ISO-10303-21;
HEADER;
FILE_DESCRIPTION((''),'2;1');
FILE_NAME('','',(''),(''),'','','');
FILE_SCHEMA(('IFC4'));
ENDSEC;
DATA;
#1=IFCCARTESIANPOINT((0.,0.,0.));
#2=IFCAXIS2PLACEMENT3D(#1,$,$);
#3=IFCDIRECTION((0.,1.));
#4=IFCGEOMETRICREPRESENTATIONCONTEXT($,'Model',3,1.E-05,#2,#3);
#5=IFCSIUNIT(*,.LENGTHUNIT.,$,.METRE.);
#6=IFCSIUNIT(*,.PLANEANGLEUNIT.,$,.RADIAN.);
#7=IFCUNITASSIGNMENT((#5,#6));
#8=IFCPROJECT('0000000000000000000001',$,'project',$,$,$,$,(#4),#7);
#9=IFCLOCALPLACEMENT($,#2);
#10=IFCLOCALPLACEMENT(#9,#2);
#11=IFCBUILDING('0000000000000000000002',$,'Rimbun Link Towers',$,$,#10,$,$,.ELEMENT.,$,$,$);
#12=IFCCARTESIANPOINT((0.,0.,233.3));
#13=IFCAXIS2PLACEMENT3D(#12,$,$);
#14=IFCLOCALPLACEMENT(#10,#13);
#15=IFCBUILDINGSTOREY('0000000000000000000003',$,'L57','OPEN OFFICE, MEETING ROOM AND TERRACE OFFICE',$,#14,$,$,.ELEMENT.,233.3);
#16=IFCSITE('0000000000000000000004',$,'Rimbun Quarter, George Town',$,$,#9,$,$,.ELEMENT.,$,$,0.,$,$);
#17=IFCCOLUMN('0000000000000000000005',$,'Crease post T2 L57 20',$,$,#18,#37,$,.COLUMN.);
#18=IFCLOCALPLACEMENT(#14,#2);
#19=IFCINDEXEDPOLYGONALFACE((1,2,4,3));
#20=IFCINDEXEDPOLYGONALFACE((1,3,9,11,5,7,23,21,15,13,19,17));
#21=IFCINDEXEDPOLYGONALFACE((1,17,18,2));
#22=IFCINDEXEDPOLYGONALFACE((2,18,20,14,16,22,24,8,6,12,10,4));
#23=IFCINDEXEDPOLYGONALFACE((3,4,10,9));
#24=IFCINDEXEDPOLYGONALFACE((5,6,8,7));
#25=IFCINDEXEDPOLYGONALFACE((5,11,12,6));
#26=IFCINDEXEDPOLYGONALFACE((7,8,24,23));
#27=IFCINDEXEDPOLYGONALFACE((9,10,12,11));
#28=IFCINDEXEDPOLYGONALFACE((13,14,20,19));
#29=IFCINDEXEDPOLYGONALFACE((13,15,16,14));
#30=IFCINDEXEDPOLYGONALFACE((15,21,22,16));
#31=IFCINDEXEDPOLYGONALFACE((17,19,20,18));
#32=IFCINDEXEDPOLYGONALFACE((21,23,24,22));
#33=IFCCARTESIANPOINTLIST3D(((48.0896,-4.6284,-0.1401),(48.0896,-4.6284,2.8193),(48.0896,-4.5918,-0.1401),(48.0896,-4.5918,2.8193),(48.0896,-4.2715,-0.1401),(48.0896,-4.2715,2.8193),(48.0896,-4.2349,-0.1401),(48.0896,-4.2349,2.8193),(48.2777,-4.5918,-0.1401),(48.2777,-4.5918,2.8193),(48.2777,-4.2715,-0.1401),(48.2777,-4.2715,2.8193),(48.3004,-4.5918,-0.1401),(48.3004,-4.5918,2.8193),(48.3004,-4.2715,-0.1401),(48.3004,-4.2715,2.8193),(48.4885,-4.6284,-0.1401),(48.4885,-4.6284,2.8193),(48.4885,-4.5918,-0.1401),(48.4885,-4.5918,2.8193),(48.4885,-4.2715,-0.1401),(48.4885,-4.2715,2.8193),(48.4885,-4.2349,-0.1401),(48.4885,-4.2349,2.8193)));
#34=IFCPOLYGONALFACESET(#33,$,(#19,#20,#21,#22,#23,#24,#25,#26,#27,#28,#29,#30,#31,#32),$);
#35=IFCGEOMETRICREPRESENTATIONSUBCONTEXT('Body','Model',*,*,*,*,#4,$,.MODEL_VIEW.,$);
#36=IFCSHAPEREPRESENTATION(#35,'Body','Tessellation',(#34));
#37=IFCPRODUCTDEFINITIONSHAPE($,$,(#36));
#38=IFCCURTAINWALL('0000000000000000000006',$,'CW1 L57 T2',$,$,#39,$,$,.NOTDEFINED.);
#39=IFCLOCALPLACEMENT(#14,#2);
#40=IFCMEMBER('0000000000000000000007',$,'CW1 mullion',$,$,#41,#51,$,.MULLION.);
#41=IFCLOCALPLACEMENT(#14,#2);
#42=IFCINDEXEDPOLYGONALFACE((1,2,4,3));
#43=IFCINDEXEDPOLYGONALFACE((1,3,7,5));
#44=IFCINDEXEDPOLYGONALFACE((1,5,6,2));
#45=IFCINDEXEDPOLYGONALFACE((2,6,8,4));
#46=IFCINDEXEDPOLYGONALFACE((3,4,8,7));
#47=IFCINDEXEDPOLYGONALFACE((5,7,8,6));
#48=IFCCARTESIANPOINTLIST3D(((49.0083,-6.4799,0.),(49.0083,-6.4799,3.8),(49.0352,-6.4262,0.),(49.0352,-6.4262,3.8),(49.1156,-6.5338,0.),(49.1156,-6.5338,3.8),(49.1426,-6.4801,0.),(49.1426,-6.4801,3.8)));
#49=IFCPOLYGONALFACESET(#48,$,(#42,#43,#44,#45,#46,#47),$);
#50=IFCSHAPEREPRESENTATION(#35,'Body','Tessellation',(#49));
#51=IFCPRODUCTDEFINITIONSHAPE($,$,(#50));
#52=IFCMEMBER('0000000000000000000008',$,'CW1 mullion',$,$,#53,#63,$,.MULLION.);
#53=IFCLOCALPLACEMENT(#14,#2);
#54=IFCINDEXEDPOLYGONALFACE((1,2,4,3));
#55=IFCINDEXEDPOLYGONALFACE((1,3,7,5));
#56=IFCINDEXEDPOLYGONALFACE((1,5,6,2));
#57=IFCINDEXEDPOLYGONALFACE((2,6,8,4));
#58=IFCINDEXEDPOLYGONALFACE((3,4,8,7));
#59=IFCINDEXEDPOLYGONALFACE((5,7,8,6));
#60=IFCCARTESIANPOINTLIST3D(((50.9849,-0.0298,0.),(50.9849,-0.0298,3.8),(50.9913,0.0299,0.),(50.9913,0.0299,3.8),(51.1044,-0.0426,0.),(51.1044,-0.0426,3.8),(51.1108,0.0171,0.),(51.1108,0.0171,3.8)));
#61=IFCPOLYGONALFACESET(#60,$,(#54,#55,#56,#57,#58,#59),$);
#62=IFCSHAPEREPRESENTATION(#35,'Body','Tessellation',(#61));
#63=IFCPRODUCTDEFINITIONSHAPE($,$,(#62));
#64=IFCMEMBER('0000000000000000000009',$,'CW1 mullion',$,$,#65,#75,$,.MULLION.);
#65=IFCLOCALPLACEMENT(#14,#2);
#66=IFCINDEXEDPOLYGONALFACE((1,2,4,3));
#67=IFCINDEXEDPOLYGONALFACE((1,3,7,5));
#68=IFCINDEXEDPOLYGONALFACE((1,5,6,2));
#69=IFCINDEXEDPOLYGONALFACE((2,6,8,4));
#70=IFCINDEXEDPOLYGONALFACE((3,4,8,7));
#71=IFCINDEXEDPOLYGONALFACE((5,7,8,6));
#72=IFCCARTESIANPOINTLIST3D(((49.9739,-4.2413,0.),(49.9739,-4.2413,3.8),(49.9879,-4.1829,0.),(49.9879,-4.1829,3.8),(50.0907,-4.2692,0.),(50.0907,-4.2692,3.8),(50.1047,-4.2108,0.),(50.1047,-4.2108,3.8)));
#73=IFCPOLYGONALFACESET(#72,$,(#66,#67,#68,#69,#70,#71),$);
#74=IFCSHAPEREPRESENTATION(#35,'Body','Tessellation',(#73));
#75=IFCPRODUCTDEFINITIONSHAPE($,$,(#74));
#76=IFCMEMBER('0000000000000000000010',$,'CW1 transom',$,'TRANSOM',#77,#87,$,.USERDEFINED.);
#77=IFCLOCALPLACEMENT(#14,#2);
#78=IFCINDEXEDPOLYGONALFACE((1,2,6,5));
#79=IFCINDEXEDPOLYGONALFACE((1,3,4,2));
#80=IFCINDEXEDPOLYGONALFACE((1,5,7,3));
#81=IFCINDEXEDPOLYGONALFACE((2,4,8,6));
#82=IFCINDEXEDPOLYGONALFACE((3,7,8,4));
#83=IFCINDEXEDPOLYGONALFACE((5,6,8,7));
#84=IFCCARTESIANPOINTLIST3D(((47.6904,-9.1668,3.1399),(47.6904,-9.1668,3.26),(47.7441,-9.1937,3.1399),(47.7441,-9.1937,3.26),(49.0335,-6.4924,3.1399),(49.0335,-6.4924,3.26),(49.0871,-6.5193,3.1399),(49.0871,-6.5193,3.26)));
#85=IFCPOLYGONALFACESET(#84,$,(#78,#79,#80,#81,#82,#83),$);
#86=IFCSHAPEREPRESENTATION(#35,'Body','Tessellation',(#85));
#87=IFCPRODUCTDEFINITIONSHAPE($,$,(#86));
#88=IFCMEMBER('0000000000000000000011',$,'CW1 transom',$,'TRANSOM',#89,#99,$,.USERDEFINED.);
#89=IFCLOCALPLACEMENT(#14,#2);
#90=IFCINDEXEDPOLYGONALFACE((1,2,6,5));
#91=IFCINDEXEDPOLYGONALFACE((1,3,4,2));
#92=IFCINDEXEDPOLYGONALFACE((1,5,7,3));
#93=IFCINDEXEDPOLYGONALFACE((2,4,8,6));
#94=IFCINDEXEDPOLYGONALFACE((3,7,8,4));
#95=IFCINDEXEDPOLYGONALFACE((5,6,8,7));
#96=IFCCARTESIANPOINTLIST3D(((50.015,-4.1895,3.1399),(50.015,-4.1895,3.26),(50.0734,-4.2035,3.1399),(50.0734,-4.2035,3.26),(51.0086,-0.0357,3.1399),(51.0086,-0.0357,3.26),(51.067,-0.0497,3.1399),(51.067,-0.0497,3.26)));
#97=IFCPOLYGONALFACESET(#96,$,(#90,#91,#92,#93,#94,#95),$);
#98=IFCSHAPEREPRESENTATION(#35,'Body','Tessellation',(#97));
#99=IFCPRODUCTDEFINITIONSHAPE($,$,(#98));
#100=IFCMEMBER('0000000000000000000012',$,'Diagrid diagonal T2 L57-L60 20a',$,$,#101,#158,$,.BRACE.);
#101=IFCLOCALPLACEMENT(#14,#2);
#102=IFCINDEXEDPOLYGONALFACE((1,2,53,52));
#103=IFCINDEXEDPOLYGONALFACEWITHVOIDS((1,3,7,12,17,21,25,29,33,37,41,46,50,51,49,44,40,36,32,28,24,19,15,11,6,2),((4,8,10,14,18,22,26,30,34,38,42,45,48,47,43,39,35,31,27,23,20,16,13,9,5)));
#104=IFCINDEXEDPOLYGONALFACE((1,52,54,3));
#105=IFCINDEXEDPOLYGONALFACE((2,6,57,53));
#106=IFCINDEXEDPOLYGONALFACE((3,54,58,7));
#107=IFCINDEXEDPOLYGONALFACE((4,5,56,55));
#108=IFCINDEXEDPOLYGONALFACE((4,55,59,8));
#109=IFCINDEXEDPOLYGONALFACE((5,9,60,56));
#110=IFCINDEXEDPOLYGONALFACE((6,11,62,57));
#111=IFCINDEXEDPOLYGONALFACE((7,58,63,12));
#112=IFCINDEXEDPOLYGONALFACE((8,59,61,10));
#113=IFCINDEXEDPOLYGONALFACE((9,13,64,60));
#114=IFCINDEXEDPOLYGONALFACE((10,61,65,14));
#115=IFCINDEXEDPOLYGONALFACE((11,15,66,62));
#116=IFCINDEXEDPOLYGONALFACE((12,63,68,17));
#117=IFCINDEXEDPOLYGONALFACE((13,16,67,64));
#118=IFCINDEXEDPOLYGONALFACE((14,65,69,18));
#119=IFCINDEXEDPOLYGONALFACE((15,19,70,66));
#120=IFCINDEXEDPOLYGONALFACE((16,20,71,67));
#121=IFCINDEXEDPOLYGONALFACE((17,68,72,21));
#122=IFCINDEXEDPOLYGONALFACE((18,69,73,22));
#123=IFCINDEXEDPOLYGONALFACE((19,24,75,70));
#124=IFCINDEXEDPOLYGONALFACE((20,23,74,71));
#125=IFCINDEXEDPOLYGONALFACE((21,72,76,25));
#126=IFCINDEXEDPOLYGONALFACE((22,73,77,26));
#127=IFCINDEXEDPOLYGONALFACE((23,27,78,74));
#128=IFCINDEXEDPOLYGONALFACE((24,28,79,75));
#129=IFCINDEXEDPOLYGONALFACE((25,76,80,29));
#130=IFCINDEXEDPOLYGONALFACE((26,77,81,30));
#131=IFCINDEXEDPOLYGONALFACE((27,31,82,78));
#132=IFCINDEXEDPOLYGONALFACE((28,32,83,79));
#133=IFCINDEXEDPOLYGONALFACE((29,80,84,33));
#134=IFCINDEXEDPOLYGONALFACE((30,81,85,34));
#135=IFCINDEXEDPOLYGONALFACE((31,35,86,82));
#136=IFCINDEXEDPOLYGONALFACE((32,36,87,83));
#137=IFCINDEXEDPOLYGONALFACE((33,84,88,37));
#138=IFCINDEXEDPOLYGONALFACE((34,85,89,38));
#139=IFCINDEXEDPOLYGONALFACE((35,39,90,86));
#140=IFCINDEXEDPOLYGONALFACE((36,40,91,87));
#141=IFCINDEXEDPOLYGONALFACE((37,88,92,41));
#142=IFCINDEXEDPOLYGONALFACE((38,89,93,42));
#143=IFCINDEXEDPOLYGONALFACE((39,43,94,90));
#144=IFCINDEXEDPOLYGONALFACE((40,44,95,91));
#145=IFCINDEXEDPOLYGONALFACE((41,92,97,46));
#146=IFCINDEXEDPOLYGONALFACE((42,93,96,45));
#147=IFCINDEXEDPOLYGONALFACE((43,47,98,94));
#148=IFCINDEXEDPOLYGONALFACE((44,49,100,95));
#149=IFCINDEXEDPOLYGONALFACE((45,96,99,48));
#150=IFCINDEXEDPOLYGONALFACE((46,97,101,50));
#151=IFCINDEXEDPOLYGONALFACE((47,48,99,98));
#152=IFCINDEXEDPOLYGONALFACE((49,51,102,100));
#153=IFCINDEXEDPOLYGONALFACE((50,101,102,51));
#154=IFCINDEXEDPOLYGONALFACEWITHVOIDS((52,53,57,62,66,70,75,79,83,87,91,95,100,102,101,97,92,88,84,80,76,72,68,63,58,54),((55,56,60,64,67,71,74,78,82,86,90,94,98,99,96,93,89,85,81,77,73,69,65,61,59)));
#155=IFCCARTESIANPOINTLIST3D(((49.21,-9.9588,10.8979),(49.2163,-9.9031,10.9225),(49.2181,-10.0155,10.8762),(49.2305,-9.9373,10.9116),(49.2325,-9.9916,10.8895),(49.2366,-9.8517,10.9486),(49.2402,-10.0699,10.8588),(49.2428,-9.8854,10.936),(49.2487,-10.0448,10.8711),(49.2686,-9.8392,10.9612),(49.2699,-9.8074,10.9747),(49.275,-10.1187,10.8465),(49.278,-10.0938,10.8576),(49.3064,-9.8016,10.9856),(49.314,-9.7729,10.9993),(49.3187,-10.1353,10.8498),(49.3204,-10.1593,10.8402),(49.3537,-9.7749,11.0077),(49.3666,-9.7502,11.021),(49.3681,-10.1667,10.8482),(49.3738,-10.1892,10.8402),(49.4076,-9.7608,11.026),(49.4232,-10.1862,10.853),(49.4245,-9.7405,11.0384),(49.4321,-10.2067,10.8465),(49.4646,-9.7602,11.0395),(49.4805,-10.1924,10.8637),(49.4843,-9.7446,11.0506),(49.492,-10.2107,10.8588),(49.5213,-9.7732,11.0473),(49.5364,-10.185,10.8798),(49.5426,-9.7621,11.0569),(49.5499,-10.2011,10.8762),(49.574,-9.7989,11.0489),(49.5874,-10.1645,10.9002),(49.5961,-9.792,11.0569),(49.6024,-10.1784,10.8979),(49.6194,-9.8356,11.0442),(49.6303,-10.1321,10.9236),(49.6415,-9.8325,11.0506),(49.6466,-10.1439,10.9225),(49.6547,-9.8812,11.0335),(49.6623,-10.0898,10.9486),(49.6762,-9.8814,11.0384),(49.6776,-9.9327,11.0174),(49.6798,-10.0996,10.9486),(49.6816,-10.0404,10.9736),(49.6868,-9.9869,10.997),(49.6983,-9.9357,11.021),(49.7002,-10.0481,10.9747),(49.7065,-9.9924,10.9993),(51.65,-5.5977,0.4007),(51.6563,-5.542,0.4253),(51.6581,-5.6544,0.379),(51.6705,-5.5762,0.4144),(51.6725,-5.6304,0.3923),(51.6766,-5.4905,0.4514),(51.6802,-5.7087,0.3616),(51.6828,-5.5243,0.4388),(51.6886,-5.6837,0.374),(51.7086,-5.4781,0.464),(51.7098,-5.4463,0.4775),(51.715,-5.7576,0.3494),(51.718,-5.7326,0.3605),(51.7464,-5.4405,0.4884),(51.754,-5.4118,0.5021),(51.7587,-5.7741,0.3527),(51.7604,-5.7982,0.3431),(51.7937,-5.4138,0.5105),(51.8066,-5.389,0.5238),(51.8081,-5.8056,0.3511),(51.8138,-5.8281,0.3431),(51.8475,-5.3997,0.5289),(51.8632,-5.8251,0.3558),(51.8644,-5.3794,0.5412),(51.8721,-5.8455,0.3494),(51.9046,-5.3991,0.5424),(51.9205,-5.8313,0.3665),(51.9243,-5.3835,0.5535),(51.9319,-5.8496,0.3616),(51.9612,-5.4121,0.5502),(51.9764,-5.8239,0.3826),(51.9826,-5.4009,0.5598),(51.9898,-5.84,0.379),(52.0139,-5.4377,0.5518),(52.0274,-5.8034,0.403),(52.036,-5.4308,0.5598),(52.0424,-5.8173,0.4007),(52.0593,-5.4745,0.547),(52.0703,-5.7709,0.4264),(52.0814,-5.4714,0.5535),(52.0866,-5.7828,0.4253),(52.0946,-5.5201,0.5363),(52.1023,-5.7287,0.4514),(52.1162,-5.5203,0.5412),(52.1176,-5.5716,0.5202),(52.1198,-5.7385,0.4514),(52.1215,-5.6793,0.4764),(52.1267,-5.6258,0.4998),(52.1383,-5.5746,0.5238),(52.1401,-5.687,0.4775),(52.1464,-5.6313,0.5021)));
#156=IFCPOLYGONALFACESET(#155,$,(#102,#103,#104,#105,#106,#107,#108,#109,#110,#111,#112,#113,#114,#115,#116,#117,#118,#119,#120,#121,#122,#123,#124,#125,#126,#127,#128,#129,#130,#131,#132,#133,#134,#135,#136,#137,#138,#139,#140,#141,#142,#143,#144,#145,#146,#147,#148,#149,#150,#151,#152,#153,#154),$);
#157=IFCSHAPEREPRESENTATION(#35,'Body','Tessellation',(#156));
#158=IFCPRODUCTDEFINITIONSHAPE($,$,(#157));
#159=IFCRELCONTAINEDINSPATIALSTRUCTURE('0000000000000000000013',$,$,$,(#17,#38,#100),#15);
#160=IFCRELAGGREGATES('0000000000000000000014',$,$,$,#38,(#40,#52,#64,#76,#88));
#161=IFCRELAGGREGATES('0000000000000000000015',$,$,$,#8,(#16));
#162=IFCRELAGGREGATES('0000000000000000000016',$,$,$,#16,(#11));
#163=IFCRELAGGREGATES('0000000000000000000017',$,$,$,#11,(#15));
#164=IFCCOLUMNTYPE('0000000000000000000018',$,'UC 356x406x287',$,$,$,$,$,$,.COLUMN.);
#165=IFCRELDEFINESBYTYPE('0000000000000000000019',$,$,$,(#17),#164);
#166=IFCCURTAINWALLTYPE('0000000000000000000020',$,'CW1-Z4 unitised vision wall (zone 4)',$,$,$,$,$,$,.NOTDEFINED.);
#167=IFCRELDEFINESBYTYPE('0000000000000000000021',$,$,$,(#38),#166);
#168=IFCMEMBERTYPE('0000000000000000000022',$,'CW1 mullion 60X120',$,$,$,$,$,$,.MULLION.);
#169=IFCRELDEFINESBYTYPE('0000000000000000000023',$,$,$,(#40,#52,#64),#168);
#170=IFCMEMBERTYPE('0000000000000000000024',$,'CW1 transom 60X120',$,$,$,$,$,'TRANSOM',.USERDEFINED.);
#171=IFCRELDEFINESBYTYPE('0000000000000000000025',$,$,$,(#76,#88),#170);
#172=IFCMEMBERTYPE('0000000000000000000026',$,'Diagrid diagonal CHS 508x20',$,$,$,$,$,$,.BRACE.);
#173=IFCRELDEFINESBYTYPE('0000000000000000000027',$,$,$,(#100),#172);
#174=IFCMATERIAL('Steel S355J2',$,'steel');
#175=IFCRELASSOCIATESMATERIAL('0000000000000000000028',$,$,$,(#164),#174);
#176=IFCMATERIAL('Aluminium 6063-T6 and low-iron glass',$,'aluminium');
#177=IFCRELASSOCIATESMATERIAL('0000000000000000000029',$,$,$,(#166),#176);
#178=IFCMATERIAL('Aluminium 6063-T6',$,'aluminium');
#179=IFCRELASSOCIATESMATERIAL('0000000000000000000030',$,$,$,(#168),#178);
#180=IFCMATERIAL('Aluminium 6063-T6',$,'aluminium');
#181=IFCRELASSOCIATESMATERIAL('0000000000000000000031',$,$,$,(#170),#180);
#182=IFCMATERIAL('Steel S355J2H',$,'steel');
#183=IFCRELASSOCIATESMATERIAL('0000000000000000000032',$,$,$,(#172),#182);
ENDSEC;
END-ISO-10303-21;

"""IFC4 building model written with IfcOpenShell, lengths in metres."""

from ifc_helpers import new_model, si_unit, direction, frame, origin, origin_2d, place, context, subcontext, project, spatial, rectangle, hollow_circle, i_section, extrude, material, material_profile, profile_set, type_object, element, aggregate, save


model = new_model("IFC4")

# Units and contexts
model_context = context("Model", 3, precision=1e-05, world=origin(), true_north=direction((0.0, 1.0)))
body_context = subcontext(model_context, "Body", "Model", "MODEL_VIEW")
ifc_project = project(units=[si_unit("LENGTHUNIT", "METRE"), si_unit("PLANEANGLEUNIT", "RADIAN")], contexts=[model_context])

# Site, building, storey
site_placement = place(None, origin())
site = spatial("IfcSite", under=ifc_project, at=site_placement, Name="Rimbun Quarter, George Town", CompositionType="ELEMENT", RefElevation=0.0)
building_placement = place(site_placement, origin())
building = spatial("IfcBuilding", under=site, at=building_placement, Name="Rimbun Link Towers", CompositionType="ELEMENT")
storey_placement = place(building_placement, frame((0.0, 0.0, 233.3)))
storey = spatial("IfcBuildingStorey", under=building, at=storey_placement, Name="L57", Description="OPEN OFFICE, MEETING ROOM AND TERRACE OFFICE", CompositionType="ELEMENT", Elevation=233.3)

# Column
ifc_material_1 = material(Name="Steel S355J2", Category="steel")
ifc_material_profile_1 = material_profile(ifc_material_1, i_section(OverallWidth=0.3989, OverallDepth=0.3936, WebThickness=0.0227, FlangeThickness=0.0366, at=origin_2d()), Name="UC 356x406x287")
ifc_profile_set_1 = profile_set([ifc_material_profile_1], Name="Steel S355J2")
column_type = type_object("IfcColumnType", Name="UC 356x406x287", PredefinedType="COLUMN", material=ifc_profile_set_1)
column_placement = place(storey_placement, frame((48.2891, -4.4316, -0.1401), z_axis=(0.0, 0.0, 1.0), x_axis=(1.0, 0.0, 0.0)))
element("IfcColumn", 1, at=column_placement, inside=storey, type_object=column_type, Name="Crease post T2 L57 20", PredefinedType="COLUMN", context=body_context, shape_type="SweptSolid", body=[
    extrude(i_section(OverallWidth=0.3989, OverallDepth=0.3936, WebThickness=0.0227, FlangeThickness=0.0366, at=origin_2d()), origin(), (0.0, 0.0, 1.0), 2.9595),
])

# Curtain wall, members
ifc_material_2 = material(Name="Aluminium 6063-T6 and low-iron glass", Category="aluminium")
curtain_wall_type = type_object("IfcCurtainWallType", Name="CW1-Z4 unitised vision wall (zone 4)", PredefinedType="NOTDEFINED", material=ifc_material_2)
curtain_wall_placement = place(storey_placement, origin())
curtain_wall = element("IfcCurtainWall", 2, at=curtain_wall_placement, inside=storey, type_object=curtain_wall_type, Name="CW1 L57 T2", PredefinedType="NOTDEFINED")
ifc_material_3 = material(Name="Aluminium 6063-T6", Category="aluminium")
ifc_material_profile_2 = material_profile(ifc_material_3, rectangle(XDim=0.1201, YDim=0.0601, at=origin_2d()), Name="MULLION 60X120")
ifc_profile_set_2 = profile_set([ifc_material_profile_2], Name="Aluminium 6063-T6")
member_type_1 = type_object("IfcMemberType", Name="CW1 mullion 60X120", PredefinedType="MULLION", material=ifc_profile_set_2)
member_1_placement = place(storey_placement, frame((49.0754, -6.48, 0.0), z_axis=(0.0, 0.0, 1.0), x_axis=(0.893643, -0.448779, 0.0)))
member_1 = element("IfcMember", 3, at=member_1_placement, type_object=member_type_1, Name="CW1 mullion", PredefinedType="MULLION", context=body_context, shape_type="SweptSolid", body=[
    extrude(rectangle(XDim=0.1201, YDim=0.0601, at=origin_2d()), origin(), (0.0, 0.0, 1.0), 3.8),
])
member_2_placement = place(storey_placement, frame((51.0479, -0.0063, 0.0), z_axis=(0.0, 0.0, 1.0), x_axis=(0.994298, -0.10664, 0.0)))
member_2 = element("IfcMember", 4, at=member_2_placement, type_object=member_type_1, Name="CW1 mullion", PredefinedType="MULLION", context=body_context, shape_type="SweptSolid", body=[
    extrude(rectangle(XDim=0.1201, YDim=0.0601, at=origin_2d()), origin(), (0.0, 0.0, 1.0), 3.8),
])
member_3_placement = place(storey_placement, frame((50.0393, -4.2261, 0.0), z_axis=(0.0, 0.0, 1.0), x_axis=(0.972572, -0.232603, 0.0)))
member_3 = element("IfcMember", 5, at=member_3_placement, type_object=member_type_1, Name="CW1 mullion", PredefinedType="MULLION", context=body_context, shape_type="SweptSolid", body=[
    extrude(rectangle(XDim=0.1201, YDim=0.0601, at=origin_2d()), origin(), (0.0, 0.0, 1.0), 3.8),
])
ifc_material_4 = material(Name="Aluminium 6063-T6", Category="aluminium")
ifc_material_profile_3 = material_profile(ifc_material_4, rectangle(XDim=0.0601, YDim=0.1201, at=origin_2d()), Name="TRANSOM 60X120")
ifc_profile_set_3 = profile_set([ifc_material_profile_3], Name="Aluminium 6063-T6")
member_type_2 = type_object("IfcMemberType", Name="CW1 transom 60X120", ElementType="TRANSOM", PredefinedType="USERDEFINED", material=ifc_profile_set_3)
member_4_placement = place(storey_placement, frame((49.0603, -6.5059, 3.2), z_axis=(-0.448779, -0.893643, 0.0), x_axis=(0.893643, -0.448779, 0.0)))
member_4 = element("IfcMember", 6, at=member_4_placement, type_object=member_type_2, Name="CW1 transom", ObjectType="TRANSOM", PredefinedType="USERDEFINED", context=body_context, shape_type="SweptSolid", body=[
    extrude(rectangle(XDim=0.0601, YDim=0.1201, at=origin_2d()), origin(), (0.0, 0.0, 1.0), 2.9927),
])
member_5_placement = place(storey_placement, frame((51.0378, -0.0427, 3.2), z_axis=(-0.232651, -0.97256, 0.0), x_axis=(0.97256, -0.232651, 0.0)))
member_5 = element("IfcMember", 7, at=member_5_placement, type_object=member_type_2, Name="CW1 transom", ObjectType="TRANSOM", PredefinedType="USERDEFINED", context=body_context, shape_type="SweptSolid", body=[
    extrude(rectangle(XDim=0.0601, YDim=0.1201, at=origin_2d()), origin(), (0.0, 0.0, 1.0), 4.271),
])

# Member
ifc_material_5 = material(Name="Steel S355J2H", Category="steel")
ifc_material_profile_4 = material_profile(ifc_material_5, hollow_circle(Radius=0.2539, WallThickness=0.02, at=origin_2d()), Name="Diagrid diagonal CHS 508x20")
ifc_profile_set_4 = profile_set([ifc_material_profile_4], Name="Steel S355J2H")
member_type_3 = type_object("IfcMemberType", Name="Diagrid diagonal CHS 508x20", PredefinedType="BRACE", material=ifc_profile_set_4)
member_6_placement = place(storey_placement, frame((51.8982, -5.6145, 0.4514), z_axis=(-0.209872, -0.375119, 0.902906), x_axis=(0.872699, -0.488258, 0.0)))
element("IfcMember", 8, at=member_6_placement, inside=storey, type_object=member_type_3, Name="Diagrid diagonal T2 L57-L60 20a", PredefinedType="BRACE", context=body_context, shape_type="SweptSolid", body=[
    extrude(hollow_circle(Radius=0.2539, WallThickness=0.02, at=origin_2d()), origin(), (0.0, 0.0, 1.0), 11.626),
])

aggregate(curtain_wall, [member_1, member_2, member_3, member_4, member_5])

save(model, "model.ifc")
